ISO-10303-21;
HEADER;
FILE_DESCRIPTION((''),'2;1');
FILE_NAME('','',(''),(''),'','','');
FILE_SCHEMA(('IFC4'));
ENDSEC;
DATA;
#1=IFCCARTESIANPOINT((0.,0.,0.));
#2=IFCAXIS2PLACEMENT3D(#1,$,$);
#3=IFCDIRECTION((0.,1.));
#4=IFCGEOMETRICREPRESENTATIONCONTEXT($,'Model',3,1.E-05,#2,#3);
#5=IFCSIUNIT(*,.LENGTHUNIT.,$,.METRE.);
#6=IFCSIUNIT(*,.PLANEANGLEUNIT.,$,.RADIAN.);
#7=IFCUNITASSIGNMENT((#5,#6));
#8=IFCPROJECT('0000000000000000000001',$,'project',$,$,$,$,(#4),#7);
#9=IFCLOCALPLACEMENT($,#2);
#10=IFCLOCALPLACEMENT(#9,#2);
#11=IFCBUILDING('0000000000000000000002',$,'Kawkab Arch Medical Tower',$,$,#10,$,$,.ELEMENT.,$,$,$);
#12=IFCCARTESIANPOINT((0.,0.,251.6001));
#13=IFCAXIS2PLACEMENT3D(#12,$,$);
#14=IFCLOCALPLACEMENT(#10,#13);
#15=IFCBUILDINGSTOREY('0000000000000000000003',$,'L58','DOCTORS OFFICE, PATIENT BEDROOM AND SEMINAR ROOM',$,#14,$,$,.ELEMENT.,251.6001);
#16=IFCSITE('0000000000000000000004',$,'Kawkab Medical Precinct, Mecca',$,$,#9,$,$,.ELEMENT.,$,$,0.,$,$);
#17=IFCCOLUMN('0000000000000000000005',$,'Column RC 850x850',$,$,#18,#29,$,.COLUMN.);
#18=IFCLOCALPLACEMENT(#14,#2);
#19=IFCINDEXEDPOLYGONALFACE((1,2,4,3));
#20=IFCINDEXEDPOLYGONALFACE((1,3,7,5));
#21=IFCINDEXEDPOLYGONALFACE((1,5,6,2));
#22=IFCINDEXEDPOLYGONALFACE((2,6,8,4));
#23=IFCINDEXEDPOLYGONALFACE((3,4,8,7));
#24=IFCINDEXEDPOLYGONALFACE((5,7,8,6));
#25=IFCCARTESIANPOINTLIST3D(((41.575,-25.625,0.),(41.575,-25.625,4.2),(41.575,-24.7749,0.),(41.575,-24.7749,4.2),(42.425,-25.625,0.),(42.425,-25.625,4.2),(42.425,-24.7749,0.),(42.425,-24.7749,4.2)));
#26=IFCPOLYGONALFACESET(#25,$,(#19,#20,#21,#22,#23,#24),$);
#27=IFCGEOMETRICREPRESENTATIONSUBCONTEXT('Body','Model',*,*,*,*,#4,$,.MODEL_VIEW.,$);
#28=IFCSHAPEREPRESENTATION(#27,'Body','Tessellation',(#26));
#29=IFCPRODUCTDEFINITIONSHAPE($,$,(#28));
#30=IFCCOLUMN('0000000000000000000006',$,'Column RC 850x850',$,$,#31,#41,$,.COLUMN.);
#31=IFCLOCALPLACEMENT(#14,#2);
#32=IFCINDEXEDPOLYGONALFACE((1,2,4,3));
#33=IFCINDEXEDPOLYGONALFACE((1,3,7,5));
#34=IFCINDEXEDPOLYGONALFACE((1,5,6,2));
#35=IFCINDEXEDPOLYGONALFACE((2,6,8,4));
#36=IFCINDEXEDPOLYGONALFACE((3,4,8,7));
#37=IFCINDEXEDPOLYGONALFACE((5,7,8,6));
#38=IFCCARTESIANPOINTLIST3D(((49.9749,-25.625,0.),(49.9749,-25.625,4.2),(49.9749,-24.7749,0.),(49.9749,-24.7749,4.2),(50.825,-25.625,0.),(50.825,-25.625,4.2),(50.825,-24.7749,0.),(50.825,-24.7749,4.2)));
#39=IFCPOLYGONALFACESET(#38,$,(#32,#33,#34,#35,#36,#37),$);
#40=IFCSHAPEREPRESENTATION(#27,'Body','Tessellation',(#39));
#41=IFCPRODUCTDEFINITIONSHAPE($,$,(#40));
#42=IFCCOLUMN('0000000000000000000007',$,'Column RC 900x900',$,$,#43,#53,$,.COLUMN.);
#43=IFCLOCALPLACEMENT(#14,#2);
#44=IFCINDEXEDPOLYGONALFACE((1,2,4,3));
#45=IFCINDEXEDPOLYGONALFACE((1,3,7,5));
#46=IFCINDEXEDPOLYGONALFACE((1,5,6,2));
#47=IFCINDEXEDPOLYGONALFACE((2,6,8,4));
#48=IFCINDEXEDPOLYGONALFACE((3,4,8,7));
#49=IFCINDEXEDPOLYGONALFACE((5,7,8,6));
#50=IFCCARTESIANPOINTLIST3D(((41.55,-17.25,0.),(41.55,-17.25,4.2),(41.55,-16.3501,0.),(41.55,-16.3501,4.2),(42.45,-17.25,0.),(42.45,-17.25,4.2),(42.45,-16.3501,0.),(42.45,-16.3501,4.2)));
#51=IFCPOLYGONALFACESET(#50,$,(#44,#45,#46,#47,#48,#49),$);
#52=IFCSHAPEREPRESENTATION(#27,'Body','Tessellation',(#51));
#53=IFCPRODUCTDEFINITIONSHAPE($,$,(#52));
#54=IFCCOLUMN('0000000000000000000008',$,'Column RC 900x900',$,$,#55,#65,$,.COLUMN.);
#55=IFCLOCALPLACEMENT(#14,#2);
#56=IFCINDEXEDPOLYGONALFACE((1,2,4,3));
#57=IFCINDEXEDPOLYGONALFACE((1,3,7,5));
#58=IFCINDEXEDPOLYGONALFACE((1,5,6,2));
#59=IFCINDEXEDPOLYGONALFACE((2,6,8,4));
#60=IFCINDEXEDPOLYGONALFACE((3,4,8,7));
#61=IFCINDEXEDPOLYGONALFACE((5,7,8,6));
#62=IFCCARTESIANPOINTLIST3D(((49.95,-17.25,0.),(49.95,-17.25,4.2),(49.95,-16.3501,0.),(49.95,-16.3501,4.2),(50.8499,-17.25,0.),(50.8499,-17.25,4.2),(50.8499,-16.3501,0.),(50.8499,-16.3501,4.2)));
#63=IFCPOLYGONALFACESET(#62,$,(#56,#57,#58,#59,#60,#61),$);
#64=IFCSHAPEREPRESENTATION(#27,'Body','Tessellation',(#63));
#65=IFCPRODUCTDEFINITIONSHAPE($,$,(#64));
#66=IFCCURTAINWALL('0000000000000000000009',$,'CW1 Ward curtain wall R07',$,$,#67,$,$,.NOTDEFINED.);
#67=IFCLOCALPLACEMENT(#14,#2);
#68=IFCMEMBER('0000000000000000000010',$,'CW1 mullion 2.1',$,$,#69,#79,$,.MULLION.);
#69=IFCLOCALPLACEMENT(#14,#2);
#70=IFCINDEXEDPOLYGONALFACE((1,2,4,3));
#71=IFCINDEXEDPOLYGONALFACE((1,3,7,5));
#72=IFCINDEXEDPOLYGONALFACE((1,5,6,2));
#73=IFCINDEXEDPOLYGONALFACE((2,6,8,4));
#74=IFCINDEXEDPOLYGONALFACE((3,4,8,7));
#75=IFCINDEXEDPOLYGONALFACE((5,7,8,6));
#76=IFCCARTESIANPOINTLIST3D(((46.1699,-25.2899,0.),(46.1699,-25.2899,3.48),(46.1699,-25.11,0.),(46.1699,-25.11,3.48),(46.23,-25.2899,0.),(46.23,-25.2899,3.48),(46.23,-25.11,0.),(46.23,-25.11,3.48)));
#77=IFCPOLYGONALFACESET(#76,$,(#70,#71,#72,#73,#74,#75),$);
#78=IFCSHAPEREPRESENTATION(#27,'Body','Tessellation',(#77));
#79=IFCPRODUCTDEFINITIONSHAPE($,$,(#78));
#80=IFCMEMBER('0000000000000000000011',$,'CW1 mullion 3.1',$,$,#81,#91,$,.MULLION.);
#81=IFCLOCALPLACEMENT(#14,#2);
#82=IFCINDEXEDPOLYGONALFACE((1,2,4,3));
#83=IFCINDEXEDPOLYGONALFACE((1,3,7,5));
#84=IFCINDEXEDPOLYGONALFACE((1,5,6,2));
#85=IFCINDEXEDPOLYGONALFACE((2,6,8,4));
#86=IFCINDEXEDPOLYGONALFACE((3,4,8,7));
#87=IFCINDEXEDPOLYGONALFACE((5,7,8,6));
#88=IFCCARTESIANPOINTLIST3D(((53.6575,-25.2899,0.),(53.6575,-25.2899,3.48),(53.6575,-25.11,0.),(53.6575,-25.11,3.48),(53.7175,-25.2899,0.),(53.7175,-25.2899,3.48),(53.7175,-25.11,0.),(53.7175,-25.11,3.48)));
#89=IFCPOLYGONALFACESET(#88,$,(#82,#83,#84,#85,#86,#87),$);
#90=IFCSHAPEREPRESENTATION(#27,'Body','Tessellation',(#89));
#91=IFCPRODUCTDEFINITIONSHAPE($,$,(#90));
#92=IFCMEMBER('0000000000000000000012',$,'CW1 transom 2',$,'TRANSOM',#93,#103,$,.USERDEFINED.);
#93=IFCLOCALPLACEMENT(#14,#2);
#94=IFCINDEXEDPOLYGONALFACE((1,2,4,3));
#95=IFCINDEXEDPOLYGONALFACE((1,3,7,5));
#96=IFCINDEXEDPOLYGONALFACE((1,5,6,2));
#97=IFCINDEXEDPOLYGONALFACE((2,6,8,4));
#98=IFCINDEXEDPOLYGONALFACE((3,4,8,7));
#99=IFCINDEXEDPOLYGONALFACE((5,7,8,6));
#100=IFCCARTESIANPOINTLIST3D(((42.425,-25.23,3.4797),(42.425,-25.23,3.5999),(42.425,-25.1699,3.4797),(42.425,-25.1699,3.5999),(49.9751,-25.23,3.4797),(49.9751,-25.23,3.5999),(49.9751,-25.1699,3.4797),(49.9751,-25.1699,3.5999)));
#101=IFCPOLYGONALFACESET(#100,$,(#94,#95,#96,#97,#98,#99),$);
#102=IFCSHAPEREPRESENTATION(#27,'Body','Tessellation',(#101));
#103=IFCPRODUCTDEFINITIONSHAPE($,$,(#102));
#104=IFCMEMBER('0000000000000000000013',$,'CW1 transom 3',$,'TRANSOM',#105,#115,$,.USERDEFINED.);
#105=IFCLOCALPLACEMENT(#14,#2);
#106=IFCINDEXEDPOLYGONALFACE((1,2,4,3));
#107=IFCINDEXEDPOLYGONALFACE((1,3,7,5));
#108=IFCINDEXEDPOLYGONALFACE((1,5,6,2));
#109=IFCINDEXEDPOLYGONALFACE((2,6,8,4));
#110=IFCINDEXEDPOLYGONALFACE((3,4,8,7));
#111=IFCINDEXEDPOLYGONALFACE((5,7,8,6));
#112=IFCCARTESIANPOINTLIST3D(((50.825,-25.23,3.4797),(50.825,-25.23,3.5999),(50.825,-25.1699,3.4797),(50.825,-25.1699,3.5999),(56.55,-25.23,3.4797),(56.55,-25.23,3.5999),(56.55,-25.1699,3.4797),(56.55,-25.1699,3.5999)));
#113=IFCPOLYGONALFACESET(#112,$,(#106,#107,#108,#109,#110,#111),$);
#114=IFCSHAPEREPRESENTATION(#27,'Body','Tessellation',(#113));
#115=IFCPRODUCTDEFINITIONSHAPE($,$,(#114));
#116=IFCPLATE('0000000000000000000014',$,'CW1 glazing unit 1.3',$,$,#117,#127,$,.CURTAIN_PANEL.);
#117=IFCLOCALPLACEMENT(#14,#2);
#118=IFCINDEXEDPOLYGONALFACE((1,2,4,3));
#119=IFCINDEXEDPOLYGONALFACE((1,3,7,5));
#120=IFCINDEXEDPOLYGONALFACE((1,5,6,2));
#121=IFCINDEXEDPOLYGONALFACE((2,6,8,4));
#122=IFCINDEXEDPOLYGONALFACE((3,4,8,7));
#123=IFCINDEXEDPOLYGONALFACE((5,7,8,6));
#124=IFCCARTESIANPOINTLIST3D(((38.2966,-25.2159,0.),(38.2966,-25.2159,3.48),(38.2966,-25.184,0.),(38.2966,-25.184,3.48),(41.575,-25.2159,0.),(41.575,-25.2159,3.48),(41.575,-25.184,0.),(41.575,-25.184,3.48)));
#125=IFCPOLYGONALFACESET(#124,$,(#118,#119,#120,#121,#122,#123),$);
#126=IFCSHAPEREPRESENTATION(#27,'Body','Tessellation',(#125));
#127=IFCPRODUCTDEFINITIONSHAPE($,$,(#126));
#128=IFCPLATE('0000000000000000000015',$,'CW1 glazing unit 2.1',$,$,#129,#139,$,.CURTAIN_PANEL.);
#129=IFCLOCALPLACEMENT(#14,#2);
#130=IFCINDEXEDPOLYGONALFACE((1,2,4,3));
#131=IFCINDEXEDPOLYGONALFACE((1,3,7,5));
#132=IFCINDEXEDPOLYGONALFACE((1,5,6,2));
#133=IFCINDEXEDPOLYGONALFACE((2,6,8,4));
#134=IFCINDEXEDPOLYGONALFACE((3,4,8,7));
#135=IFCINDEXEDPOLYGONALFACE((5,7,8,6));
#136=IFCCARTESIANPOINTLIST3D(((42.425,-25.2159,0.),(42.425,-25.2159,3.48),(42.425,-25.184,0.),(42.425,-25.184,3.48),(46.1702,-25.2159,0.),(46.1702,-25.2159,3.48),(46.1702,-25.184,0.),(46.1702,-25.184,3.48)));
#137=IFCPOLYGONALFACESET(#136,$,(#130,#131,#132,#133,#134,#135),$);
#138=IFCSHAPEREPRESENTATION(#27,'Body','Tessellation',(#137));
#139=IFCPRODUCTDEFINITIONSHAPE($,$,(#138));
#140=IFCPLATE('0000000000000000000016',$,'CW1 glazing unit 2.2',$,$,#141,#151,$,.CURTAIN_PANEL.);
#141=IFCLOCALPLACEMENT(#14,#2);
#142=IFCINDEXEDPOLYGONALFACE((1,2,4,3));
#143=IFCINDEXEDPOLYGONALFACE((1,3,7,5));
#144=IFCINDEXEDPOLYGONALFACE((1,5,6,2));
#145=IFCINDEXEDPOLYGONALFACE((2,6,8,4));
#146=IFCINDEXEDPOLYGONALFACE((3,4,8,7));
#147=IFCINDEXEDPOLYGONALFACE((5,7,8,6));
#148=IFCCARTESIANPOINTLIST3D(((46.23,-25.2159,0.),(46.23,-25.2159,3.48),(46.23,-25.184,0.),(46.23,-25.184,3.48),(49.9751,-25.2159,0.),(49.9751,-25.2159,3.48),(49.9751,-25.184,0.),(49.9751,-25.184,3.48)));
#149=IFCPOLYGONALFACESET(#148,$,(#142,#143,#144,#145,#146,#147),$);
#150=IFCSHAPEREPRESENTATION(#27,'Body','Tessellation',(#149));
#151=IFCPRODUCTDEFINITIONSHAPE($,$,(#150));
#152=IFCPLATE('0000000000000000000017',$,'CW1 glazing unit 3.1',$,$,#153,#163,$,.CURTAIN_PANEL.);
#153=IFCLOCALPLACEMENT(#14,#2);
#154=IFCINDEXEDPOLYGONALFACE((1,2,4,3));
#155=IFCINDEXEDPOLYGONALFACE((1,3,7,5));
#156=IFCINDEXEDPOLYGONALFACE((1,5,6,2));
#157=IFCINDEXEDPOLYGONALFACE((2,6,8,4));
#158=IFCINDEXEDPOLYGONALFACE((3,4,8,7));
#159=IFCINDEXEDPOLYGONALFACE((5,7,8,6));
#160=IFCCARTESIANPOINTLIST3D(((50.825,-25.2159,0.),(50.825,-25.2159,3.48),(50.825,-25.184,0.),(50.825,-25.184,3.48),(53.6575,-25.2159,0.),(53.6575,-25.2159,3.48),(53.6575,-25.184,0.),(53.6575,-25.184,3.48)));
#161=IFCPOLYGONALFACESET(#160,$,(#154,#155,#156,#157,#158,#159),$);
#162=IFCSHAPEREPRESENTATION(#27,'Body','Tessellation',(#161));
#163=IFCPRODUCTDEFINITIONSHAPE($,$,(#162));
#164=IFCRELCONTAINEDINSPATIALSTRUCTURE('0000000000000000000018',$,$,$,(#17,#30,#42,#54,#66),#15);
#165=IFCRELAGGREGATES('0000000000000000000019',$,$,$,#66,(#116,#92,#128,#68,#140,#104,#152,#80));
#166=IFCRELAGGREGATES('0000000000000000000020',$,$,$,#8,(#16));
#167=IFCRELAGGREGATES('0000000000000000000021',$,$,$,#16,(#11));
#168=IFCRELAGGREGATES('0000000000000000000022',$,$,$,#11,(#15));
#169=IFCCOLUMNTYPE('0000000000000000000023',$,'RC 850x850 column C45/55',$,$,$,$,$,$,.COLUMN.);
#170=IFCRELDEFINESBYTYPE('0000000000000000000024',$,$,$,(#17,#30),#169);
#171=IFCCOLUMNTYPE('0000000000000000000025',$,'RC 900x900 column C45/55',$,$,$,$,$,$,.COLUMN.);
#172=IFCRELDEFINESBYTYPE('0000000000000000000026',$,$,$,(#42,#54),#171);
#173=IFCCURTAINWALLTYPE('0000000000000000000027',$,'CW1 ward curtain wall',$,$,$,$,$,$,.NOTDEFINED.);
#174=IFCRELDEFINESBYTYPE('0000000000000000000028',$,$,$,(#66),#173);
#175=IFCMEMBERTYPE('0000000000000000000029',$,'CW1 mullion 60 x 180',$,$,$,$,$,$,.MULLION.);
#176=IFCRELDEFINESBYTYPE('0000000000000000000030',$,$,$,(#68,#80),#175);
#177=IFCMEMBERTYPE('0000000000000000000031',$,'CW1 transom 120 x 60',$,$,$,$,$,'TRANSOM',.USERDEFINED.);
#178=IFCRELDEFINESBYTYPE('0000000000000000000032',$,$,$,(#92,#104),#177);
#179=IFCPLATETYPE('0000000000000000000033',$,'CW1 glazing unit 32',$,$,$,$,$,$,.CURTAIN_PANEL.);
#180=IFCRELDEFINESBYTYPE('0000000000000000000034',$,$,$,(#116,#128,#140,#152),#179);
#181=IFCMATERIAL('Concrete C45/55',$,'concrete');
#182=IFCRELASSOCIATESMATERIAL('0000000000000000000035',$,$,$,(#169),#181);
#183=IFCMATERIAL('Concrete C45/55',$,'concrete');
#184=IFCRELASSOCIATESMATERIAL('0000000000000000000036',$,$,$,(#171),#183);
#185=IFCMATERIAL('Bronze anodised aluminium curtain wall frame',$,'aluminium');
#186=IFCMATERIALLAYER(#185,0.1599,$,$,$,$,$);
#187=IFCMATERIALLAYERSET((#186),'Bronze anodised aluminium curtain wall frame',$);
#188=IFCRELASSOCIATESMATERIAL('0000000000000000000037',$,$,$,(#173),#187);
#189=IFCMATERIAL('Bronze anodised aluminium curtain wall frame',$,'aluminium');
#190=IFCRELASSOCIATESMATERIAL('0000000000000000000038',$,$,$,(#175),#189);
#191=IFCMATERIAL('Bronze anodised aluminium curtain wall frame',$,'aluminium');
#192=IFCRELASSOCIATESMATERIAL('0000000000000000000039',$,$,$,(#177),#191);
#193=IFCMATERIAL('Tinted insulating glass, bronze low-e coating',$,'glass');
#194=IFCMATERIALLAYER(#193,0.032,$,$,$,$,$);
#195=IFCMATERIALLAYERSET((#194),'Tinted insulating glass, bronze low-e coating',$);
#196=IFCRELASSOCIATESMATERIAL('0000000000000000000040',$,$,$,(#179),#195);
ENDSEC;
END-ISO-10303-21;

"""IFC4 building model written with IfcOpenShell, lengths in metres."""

from ifc_helpers import new_model, si_unit, direction, frame, origin, origin_2d, place, context, subcontext, project, spatial, rectangle, extrude, material, layer, layer_set, material_profile, profile_set, type_object, element, aggregate, save


model = new_model("IFC4")

# Units and contexts
model_context = context("Model", 3, precision=1e-05, world=origin(), true_north=direction((0.0, 1.0)))
body_context = subcontext(model_context, "Body", "Model", "MODEL_VIEW")
ifc_project = project(units=[si_unit("LENGTHUNIT", "METRE"), si_unit("PLANEANGLEUNIT", "RADIAN")], contexts=[model_context])

# Site, building, storey
site_placement = place(None, origin())
site = spatial("IfcSite", under=ifc_project, at=site_placement, Name="Kawkab Medical Precinct, Mecca", CompositionType="ELEMENT", RefElevation=0.0)
building_placement = place(site_placement, origin())
building = spatial("IfcBuilding", under=site, at=building_placement, Name="Kawkab Arch Medical Tower", CompositionType="ELEMENT")
storey_placement = place(building_placement, frame((0.0, 0.0, 251.6001)))
storey = spatial("IfcBuildingStorey", under=building, at=storey_placement, Name="L58", Description="DOCTORS OFFICE, PATIENT BEDROOM AND SEMINAR ROOM", CompositionType="ELEMENT", Elevation=251.6001)

# Columns
ifc_material_1 = material(Name="Concrete C45/55", Category="concrete")
ifc_material_profile_1 = material_profile(ifc_material_1, rectangle(XDim=0.8501, YDim=0.8501, at=origin_2d()), Name="RC 850x850")
ifc_profile_set_1 = profile_set([ifc_material_profile_1], Name="Concrete C45/55")
column_type_1 = type_object("IfcColumnType", Name="RC 850x850 column C45/55", PredefinedType="COLUMN", material=ifc_profile_set_1)
for number, where, z_axis, x_axis, name in (
    (1, (42.0, -25.2, 0.0), (0.0, 0.0, 1.0), (1.0, 0.0, 0.0), "Column RC 850x850"),
    (2, (50.3999, -25.2, 0.0), (0.0, 0.0, 1.0), (1.0, 0.0, 0.0), "Column RC 850x850"),
):
    element("IfcColumn", number, at=place(storey_placement, frame(where, z_axis=z_axis, x_axis=x_axis)), inside=storey, type_object=column_type_1, Name=name, PredefinedType="COLUMN", context=body_context, shape_type="SweptSolid", body=[
        extrude(rectangle(XDim=0.8501, YDim=0.8501, at=origin_2d()), origin(), (0.0, 0.0, 1.0), 4.2),
    ])
ifc_material_2 = material(Name="Concrete C45/55", Category="concrete")
ifc_material_profile_2 = material_profile(ifc_material_2, rectangle(XDim=0.8999, YDim=0.8999, at=origin_2d()), Name="RC 900x900")
ifc_profile_set_2 = profile_set([ifc_material_profile_2], Name="Concrete C45/55")
column_type_2 = type_object("IfcColumnType", Name="RC 900x900 column C45/55", PredefinedType="COLUMN", material=ifc_profile_set_2)
for number, where, z_axis, x_axis, name in (
    (3, (42.0, -16.8, 0.0), (0.0, 0.0, 1.0), (1.0, 0.0, 0.0), "Column RC 900x900"),
    (4, (50.3999, -16.8, 0.0), (0.0, 0.0, 1.0), (1.0, 0.0, 0.0), "Column RC 900x900"),
):
    element("IfcColumn", number, at=place(storey_placement, frame(where, z_axis=z_axis, x_axis=x_axis)), inside=storey, type_object=column_type_2, Name=name, PredefinedType="COLUMN", context=body_context, shape_type="SweptSolid", body=[
        extrude(rectangle(XDim=0.8999, YDim=0.8999, at=origin_2d()), origin(), (0.0, 0.0, 1.0), 4.2),
    ])

# Curtain wall, members, plates
ifc_material_3 = material(Name="Bronze anodised aluminium curtain wall frame", Category="aluminium")
ifc_layer_1 = layer(ifc_material_3, 0.1599)
ifc_layer_set_1 = layer_set([ifc_layer_1], Name="Bronze anodised aluminium curtain wall frame")
curtain_wall_type = type_object("IfcCurtainWallType", Name="CW1 ward curtain wall", PredefinedType="NOTDEFINED", material=ifc_layer_set_1)
curtain_wall_placement = place(storey_placement, origin())
curtain_wall = element("IfcCurtainWall", 5, at=curtain_wall_placement, inside=storey, type_object=curtain_wall_type, Name="CW1 Ward curtain wall R07", PredefinedType="NOTDEFINED")
ifc_material_4 = material(Name="Bronze anodised aluminium curtain wall frame", Category="aluminium")
ifc_material_profile_3 = material_profile(ifc_material_4, rectangle(XDim=0.1799, YDim=0.0601, at=origin_2d()), Name="AL 60x180")
ifc_profile_set_3 = profile_set([ifc_material_profile_3], Name="Bronze anodised aluminium curtain wall frame")
member_type_1 = type_object("IfcMemberType", Name="CW1 mullion 60 x 180", PredefinedType="MULLION", material=ifc_profile_set_3)
member_1_placement = place(storey_placement, frame((46.2, -25.2, 0.0), z_axis=(0.0, 0.0, 1.0), x_axis=(0.0, 1.0, 0.0)))
member_1 = element("IfcMember", 6, at=member_1_placement, type_object=member_type_1, Name="CW1 mullion 2.1", PredefinedType="MULLION", context=body_context, shape_type="SweptSolid", body=[
    extrude(rectangle(XDim=0.1799, YDim=0.0601, at=origin_2d()), origin(), (0.0, 0.0, 1.0), 3.48),
])
member_2_placement = place(storey_placement, frame((53.6875, -25.2, 0.0), z_axis=(0.0, 0.0, 1.0), x_axis=(0.0, 1.0, 0.0)))
member_2 = element("IfcMember", 7, at=member_2_placement, type_object=member_type_1, Name="CW1 mullion 3.1", PredefinedType="MULLION", context=body_context, shape_type="SweptSolid", body=[
    extrude(rectangle(XDim=0.1799, YDim=0.0601, at=origin_2d()), origin(), (0.0, 0.0, 1.0), 3.48),
])
ifc_material_5 = material(Name="Bronze anodised aluminium curtain wall frame", Category="aluminium")
ifc_material_profile_4 = material_profile(ifc_material_5, rectangle(XDim=0.0601, YDim=0.1201, at=origin_2d()), Name="AL 60x120")
ifc_profile_set_4 = profile_set([ifc_material_profile_4], Name="Bronze anodised aluminium curtain wall frame")
member_type_2 = type_object("IfcMemberType", Name="CW1 transom 120 x 60", ElementType="TRANSOM", PredefinedType="USERDEFINED", material=ifc_profile_set_4)
member_3_placement = place(storey_placement, frame((42.425, -25.2, 3.5398), z_axis=(1.0, 0.0, 0.0), x_axis=(0.0, 1.0, 0.0)))
member_3 = element("IfcMember", 8, at=member_3_placement, type_object=member_type_2, Name="CW1 transom 2", ObjectType="TRANSOM", PredefinedType="USERDEFINED", context=body_context, shape_type="SweptSolid", body=[
    extrude(rectangle(XDim=0.0601, YDim=0.1201, at=origin_2d()), origin(), (0.0, 0.0, 1.0), 7.55),
])
member_4_placement = place(storey_placement, frame((50.825, -25.2, 3.5398), z_axis=(1.0, 0.0, 0.0), x_axis=(0.0, 1.0, 0.0)))
member_4 = element("IfcMember", 9, at=member_4_placement, type_object=member_type_2, Name="CW1 transom 3", ObjectType="TRANSOM", PredefinedType="USERDEFINED", context=body_context, shape_type="SweptSolid", body=[
    extrude(rectangle(XDim=0.0601, YDim=0.1201, at=origin_2d()), origin(), (0.0, 0.0, 1.0), 5.7251),
])
ifc_material_6 = material(Name="Tinted insulating glass, bronze low-e coating", Category="glass")
ifc_layer_2 = layer(ifc_material_6, 0.032)
ifc_layer_set_2 = layer_set([ifc_layer_2], Name="Tinted insulating glass, bronze low-e coating")
plate_type = type_object("IfcPlateType", Name="CW1 glazing unit 32", PredefinedType="CURTAIN_PANEL", material=ifc_layer_set_2)
plate_1_placement = place(storey_placement, frame((39.9358, -25.2, 0.0), z_axis=(0.0, 0.0, 1.0), x_axis=(1.0, 0.0, 0.0)))
plate_1 = element("IfcPlate", 10, at=plate_1_placement, type_object=plate_type, Name="CW1 glazing unit 1.3", PredefinedType="CURTAIN_PANEL", context=body_context, shape_type="SweptSolid", body=[
    extrude(rectangle(XDim=3.2783, YDim=0.032, at=origin_2d()), origin(), (0.0, 0.0, 1.0), 3.48),
])
plate_2_placement = place(storey_placement, frame((44.2976, -25.2, 0.0), z_axis=(0.0, 0.0, 1.0), x_axis=(1.0, 0.0, 0.0)))
plate_2 = element("IfcPlate", 11, at=plate_2_placement, type_object=plate_type, Name="CW1 glazing unit 2.1", PredefinedType="CURTAIN_PANEL", context=body_context, shape_type="SweptSolid", body=[
    extrude(rectangle(XDim=3.7451, YDim=0.032, at=origin_2d()), origin(), (0.0, 0.0, 1.0), 3.48),
])
plate_3_placement = place(storey_placement, frame((48.1025, -25.2, 0.0), z_axis=(0.0, 0.0, 1.0), x_axis=(1.0, 0.0, 0.0)))
plate_3 = element("IfcPlate", 12, at=plate_3_placement, type_object=plate_type, Name="CW1 glazing unit 2.2", PredefinedType="CURTAIN_PANEL", context=body_context, shape_type="SweptSolid", body=[
    extrude(rectangle(XDim=3.7451, YDim=0.032, at=origin_2d()), origin(), (0.0, 0.0, 1.0), 3.48),
])
plate_4_placement = place(storey_placement, frame((52.2412, -25.2, 0.0), z_axis=(0.0, 0.0, 1.0), x_axis=(1.0, 0.0, 0.0)))
plate_4 = element("IfcPlate", 13, at=plate_4_placement, type_object=plate_type, Name="CW1 glazing unit 3.1", PredefinedType="CURTAIN_PANEL", context=body_context, shape_type="SweptSolid", body=[
    extrude(rectangle(XDim=2.8325, YDim=0.032, at=origin_2d()), origin(), (0.0, 0.0, 1.0), 3.48),
])
aggregate(curtain_wall, [plate_1, member_3, plate_2, member_1, plate_3, member_4, plate_4, member_2])

save(model, "model.ifc")
